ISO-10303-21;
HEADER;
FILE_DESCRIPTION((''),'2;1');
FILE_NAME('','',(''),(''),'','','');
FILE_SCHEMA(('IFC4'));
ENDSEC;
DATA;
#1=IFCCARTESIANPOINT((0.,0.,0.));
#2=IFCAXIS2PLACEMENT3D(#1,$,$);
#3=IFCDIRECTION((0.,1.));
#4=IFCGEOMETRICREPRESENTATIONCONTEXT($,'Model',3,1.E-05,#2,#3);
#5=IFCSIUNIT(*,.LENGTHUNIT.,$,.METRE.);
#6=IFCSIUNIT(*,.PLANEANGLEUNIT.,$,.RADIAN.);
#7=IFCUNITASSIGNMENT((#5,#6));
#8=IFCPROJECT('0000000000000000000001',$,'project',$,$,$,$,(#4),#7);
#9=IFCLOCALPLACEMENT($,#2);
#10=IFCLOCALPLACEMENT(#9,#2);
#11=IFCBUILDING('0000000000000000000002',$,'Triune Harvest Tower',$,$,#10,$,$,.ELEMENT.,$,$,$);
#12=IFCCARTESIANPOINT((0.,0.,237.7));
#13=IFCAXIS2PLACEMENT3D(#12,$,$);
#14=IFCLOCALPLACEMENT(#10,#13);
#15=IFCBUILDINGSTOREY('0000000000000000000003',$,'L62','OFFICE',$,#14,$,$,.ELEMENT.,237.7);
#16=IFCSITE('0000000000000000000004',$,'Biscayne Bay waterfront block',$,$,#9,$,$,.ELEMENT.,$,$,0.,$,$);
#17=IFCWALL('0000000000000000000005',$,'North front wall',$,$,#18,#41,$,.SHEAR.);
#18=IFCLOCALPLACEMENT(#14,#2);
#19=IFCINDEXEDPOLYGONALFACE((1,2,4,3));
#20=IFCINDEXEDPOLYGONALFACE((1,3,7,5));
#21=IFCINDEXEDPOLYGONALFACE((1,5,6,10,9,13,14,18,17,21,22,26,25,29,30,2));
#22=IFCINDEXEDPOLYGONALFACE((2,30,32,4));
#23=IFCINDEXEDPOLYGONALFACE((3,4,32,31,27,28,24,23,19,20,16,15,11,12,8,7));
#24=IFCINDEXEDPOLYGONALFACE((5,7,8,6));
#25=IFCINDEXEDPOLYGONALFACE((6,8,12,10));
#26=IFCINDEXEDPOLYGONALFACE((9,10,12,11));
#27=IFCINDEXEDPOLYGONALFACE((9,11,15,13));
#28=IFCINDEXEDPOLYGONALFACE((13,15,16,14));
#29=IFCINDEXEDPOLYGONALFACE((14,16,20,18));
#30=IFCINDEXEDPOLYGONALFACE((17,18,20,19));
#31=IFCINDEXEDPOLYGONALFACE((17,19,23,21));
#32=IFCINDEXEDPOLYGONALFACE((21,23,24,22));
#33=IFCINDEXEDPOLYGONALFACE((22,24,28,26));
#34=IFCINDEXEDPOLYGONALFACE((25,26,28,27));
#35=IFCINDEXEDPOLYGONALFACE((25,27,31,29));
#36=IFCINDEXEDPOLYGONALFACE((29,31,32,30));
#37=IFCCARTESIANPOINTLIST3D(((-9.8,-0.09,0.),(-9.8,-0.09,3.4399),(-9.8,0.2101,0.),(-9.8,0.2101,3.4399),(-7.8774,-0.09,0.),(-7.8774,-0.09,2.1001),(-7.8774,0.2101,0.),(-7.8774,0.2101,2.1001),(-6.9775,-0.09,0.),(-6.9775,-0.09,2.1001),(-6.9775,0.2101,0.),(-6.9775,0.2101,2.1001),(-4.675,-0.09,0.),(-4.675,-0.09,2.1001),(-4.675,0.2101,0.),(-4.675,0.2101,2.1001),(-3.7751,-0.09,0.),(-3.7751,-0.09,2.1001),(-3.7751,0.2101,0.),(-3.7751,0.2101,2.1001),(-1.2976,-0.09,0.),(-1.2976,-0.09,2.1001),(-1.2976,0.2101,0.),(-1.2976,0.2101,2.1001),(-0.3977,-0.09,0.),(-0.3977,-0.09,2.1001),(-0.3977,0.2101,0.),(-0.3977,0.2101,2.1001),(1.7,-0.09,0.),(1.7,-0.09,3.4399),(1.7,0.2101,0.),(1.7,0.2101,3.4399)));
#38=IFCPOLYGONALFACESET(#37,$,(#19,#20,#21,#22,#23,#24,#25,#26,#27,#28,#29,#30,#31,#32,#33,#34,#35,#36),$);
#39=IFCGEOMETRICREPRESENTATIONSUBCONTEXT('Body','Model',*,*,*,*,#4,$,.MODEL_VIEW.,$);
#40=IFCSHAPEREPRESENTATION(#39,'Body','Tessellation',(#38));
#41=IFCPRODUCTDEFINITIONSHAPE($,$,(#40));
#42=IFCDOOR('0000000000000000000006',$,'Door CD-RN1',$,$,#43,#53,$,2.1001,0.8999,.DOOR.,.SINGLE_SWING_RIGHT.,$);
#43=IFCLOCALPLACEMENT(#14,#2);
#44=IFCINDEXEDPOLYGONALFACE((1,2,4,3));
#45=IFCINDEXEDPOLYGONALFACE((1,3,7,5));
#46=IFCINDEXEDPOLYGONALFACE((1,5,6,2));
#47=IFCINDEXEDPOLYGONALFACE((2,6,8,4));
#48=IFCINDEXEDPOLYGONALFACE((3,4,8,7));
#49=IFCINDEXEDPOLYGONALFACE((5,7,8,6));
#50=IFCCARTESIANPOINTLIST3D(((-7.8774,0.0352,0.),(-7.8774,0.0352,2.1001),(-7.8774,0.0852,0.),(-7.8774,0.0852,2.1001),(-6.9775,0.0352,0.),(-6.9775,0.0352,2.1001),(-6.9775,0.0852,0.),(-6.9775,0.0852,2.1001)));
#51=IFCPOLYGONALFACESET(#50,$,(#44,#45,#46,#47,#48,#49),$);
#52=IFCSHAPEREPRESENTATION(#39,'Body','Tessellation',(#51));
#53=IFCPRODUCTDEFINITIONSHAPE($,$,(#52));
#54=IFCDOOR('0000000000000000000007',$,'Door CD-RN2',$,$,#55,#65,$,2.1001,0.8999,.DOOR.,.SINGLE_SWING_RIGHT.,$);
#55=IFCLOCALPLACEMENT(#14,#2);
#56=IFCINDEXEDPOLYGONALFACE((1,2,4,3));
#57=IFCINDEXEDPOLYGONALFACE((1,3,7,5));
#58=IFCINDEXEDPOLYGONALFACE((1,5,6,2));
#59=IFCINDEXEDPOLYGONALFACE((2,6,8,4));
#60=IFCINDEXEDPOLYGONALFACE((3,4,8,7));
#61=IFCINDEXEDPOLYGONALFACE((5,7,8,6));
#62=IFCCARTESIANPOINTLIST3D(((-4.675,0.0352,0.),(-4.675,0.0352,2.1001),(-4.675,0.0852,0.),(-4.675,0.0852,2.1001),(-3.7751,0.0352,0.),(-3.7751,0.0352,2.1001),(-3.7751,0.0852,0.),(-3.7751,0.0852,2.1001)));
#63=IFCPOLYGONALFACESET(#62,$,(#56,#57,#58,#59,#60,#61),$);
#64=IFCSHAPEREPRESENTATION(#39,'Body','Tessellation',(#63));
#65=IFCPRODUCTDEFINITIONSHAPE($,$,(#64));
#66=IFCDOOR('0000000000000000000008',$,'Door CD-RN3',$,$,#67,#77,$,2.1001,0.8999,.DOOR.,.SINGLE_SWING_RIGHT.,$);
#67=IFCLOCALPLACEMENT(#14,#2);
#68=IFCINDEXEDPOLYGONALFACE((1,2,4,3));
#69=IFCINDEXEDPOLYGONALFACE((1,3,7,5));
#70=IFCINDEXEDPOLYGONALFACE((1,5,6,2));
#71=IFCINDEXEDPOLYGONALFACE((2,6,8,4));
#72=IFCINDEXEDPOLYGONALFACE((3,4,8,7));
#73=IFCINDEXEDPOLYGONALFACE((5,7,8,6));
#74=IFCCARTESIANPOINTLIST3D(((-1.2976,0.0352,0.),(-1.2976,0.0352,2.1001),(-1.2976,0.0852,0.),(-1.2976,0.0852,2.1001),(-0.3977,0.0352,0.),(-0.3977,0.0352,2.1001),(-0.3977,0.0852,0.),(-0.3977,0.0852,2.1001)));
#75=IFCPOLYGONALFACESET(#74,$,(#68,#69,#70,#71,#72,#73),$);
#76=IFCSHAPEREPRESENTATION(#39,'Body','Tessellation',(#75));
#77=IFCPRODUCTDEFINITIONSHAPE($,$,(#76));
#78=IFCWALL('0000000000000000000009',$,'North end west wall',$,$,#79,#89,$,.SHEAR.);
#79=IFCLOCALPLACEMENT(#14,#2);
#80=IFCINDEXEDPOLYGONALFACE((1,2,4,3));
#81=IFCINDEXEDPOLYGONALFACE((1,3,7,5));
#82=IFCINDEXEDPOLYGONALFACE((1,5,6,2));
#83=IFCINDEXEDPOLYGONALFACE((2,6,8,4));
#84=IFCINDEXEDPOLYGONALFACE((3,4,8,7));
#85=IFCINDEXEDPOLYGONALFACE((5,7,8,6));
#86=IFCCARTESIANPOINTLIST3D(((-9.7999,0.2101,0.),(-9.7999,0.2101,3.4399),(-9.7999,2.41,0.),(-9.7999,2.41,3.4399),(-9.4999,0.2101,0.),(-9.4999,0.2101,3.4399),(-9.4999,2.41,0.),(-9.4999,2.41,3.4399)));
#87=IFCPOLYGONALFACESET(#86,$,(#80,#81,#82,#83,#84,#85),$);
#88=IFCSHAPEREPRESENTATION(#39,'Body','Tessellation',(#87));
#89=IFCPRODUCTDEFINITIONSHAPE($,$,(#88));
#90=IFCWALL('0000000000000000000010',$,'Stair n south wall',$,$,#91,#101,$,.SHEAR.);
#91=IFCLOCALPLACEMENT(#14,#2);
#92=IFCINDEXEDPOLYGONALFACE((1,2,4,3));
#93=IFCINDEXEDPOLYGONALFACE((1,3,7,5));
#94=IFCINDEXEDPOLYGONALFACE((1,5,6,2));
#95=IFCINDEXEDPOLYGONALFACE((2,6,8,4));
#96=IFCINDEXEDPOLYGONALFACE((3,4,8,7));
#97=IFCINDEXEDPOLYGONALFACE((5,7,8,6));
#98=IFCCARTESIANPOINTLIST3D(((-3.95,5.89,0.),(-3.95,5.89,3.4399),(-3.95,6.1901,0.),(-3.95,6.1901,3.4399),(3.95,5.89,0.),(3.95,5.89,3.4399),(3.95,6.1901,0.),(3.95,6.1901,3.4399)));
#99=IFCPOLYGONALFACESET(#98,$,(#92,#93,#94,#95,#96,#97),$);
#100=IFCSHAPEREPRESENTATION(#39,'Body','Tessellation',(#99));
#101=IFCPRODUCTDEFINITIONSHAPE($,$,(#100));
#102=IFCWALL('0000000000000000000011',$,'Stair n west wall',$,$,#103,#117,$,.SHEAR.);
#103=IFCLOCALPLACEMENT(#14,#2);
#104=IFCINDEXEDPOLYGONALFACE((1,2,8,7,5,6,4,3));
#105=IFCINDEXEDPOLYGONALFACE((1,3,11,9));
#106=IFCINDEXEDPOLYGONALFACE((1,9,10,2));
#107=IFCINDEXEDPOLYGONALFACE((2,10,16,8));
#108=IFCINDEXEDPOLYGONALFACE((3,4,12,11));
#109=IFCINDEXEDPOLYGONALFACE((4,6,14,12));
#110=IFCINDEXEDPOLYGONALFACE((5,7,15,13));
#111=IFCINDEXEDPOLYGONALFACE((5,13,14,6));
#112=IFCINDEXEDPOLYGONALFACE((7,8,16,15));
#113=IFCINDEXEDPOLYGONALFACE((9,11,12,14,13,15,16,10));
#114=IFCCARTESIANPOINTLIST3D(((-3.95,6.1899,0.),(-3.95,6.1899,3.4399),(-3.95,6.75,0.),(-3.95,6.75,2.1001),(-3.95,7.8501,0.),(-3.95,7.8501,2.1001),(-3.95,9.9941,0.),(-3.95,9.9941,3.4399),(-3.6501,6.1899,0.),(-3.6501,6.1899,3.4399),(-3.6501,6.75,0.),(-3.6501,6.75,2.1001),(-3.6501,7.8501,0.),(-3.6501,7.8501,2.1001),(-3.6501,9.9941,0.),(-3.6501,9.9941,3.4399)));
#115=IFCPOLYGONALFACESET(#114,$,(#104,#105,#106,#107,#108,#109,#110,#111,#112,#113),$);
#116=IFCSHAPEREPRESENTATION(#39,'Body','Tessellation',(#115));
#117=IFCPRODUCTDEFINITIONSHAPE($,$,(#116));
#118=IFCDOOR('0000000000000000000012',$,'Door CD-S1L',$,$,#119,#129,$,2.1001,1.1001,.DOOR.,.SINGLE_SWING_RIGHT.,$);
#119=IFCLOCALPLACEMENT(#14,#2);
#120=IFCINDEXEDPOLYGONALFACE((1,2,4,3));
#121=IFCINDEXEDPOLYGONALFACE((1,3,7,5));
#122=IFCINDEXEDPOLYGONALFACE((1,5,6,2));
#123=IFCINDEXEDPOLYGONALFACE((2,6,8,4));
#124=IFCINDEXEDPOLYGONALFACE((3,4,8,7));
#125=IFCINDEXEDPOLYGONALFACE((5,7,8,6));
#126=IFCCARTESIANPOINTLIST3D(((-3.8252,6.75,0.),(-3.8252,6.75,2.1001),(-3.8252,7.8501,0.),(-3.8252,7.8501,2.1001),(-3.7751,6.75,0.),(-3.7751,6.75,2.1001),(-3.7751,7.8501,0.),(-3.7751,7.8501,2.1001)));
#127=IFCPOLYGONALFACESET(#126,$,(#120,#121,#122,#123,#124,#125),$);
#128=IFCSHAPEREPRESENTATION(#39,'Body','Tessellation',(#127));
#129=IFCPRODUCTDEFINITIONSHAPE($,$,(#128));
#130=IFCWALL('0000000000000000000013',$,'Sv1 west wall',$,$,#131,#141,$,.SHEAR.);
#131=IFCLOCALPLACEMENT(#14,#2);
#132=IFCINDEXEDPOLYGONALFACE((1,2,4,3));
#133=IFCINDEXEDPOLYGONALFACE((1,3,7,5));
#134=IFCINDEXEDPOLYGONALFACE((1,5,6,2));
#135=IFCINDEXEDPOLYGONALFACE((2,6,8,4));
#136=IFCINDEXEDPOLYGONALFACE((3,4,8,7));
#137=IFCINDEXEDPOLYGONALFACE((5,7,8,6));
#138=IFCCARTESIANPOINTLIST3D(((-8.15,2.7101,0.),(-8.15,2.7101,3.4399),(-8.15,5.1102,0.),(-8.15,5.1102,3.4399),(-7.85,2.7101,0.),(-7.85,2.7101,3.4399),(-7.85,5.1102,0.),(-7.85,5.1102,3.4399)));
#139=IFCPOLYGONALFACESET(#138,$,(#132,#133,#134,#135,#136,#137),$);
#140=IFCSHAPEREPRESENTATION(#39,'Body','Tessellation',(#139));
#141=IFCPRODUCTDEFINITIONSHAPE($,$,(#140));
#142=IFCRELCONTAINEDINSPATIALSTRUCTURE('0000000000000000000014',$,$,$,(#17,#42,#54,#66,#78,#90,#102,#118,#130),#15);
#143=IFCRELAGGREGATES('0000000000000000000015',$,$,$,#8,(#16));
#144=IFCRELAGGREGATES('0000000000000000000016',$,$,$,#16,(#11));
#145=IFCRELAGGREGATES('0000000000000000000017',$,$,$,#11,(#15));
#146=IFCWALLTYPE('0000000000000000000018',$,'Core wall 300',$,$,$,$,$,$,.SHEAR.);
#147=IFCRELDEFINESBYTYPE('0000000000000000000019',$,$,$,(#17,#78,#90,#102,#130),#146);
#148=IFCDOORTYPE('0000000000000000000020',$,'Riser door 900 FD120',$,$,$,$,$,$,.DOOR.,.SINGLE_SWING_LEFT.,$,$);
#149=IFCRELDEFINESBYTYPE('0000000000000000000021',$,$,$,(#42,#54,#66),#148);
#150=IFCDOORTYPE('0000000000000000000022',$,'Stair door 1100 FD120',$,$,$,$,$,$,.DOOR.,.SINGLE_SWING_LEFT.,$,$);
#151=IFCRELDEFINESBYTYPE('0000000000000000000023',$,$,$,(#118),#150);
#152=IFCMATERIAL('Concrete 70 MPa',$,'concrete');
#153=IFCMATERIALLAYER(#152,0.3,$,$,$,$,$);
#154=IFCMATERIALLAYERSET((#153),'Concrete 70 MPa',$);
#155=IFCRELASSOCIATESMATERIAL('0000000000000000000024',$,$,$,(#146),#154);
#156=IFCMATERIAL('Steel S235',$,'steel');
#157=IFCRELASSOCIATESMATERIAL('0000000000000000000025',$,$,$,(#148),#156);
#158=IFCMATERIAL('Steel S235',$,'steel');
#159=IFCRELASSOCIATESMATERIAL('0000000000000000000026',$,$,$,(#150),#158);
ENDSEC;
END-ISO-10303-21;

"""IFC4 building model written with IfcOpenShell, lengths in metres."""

from ifc_helpers import new_model, si_unit, direction, frame, frame_2d, origin, place, context, subcontext, project, spatial, polyline, rectangle, outline, extrude, source, transform, mapped, material, layer, layer_set, type_object, element, fill, save


model = new_model("IFC4")

# Units and contexts
model_context = context("Model", 3, precision=1e-05, world=origin(), true_north=direction((0.0, 1.0)))
body_context = subcontext(model_context, "Body", "Model", "MODEL_VIEW")
ifc_project = project(units=[si_unit("LENGTHUNIT", "METRE"), si_unit("PLANEANGLEUNIT", "RADIAN")], contexts=[model_context])

# Site, building, storey
site_placement = place(None, origin())
site = spatial("IfcSite", under=ifc_project, at=site_placement, Name="Biscayne Bay waterfront block", CompositionType="ELEMENT", RefElevation=0.0)
building_placement = place(site_placement, origin())
building = spatial("IfcBuilding", under=site, at=building_placement, Name="Triune Harvest Tower", CompositionType="ELEMENT")
storey_placement = place(building_placement, frame((0.0, 0.0, 237.7)))
storey = spatial("IfcBuildingStorey", under=building, at=storey_placement, Name="L62", Description="OFFICE", CompositionType="ELEMENT", Elevation=237.7)

# Wall, openings, doors
ifc_material_1 = material(Name="Concrete 70 MPa", Category="concrete")
ifc_layer_1 = layer(ifc_material_1, 0.3)
ifc_layer_set_1 = layer_set([ifc_layer_1], Name="Concrete 70 MPa")
wall_type_1 = type_object("IfcWallType", Name="Core wall 300", PredefinedType="SHEAR", material=ifc_layer_set_1)
shared_shape_1 = source(origin(), body_context, "Body", "SweptSolid", [
    extrude(rectangle(XDim=11.5, YDim=0.3, at=frame_2d((5.75, 0.0))), origin(), (0.0, 0.0, 1.0), 3.4399),
])
wall_1_placement = place(storey_placement, frame((-9.8, 0.0601, 0.0), z_axis=(0.0, 0.0, 1.0), x_axis=(1.0, 0.0, 0.0)))
wall_1 = element("IfcWall", 1, at=wall_1_placement, inside=storey, type_object=wall_type_1, Name="North front wall", PredefinedType="SHEAR", context=body_context, shape_type="MappedRepresentation", body=[
    mapped(shared_shape_1, transform((0.0, 0.0, 0.0), scale=1.0)),
])
opening_1_placement = place(wall_1_placement, frame((1.9226, 0.0, 0.0)))
opening_1 = element("IfcOpeningElement", 2, at=opening_1_placement, cuts=wall_1, PredefinedType="OPENING", context=body_context, shape_type="SweptSolid", body=[
    extrude(rectangle(XDim=0.8999, YDim=2.1001, at=frame_2d((0.45, 1.05))), frame((0.0, 0.1602, 0.0), z_axis=(0.0, -1.0, 0.0), x_axis=(1.0, 0.0, 0.0)), (0.0, 0.0, 1.0), 0.3201),
])
opening_2_placement = place(wall_1_placement, frame((5.125, 0.0, 0.0)))
opening_2 = element("IfcOpeningElement", 3, at=opening_2_placement, cuts=wall_1, PredefinedType="OPENING", context=body_context, shape_type="SweptSolid", body=[
    extrude(rectangle(XDim=0.8999, YDim=2.1001, at=frame_2d((0.45, 1.05))), frame((0.0, 0.1602, 0.0), z_axis=(0.0, -1.0, 0.0), x_axis=(1.0, 0.0, 0.0)), (0.0, 0.0, 1.0), 0.3201),
])
opening_3_placement = place(wall_1_placement, frame((8.5024, 0.0, 0.0)))
opening_3 = element("IfcOpeningElement", 4, at=opening_3_placement, cuts=wall_1, PredefinedType="OPENING", context=body_context, shape_type="SweptSolid", body=[
    extrude(rectangle(XDim=0.8999, YDim=2.1001, at=frame_2d((0.45, 1.05))), frame((0.0, 0.1602, 0.0), z_axis=(0.0, -1.0, 0.0), x_axis=(1.0, 0.0, 0.0)), (0.0, 0.0, 1.0), 0.3201),
])
ifc_material_2 = material(Name="Steel S235", Category="steel")
door_type_1 = type_object("IfcDoorType", Name="Riser door 900 FD120", OperationType="SINGLE_SWING_LEFT", PredefinedType="DOOR", material=ifc_material_2)
door_1_placement = place(opening_1_placement, frame((0.8999, 0.0, 0.0), z_axis=(0.0, 0.0, 1.0), x_axis=(-1.0, 0.0, 0.0)))
door_1 = element("IfcDoor", 5, at=door_1_placement, inside=storey, type_object=door_type_1, Name="Door CD-RN1", OperationType="SINGLE_SWING_RIGHT", OverallHeight=2.1001, OverallWidth=0.8999, PredefinedType="DOOR", context=body_context, shape_type="SweptSolid", body=[
    extrude(rectangle(XDim=0.8999, YDim=2.1001, at=frame_2d((0.45, 1.05))), frame((0.0, 0.0249, 0.0), z_axis=(0.0, -1.0, 0.0), x_axis=(1.0, 0.0, 0.0)), (0.0, 0.0, 1.0), 0.05),
])
fill(opening_1, door_1)
door_2_placement = place(opening_2_placement, frame((0.8999, 0.0, 0.0), z_axis=(0.0, 0.0, 1.0), x_axis=(-1.0, 0.0, 0.0)))
door_2 = element("IfcDoor", 6, at=door_2_placement, inside=storey, type_object=door_type_1, Name="Door CD-RN2", OperationType="SINGLE_SWING_RIGHT", OverallHeight=2.1001, OverallWidth=0.8999, PredefinedType="DOOR", context=body_context, shape_type="SweptSolid", body=[
    extrude(rectangle(XDim=0.8999, YDim=2.1001, at=frame_2d((0.45, 1.05))), frame((0.0, 0.0249, 0.0), z_axis=(0.0, -1.0, 0.0), x_axis=(1.0, 0.0, 0.0)), (0.0, 0.0, 1.0), 0.05),
])
fill(opening_2, door_2)
door_3_placement = place(opening_3_placement, frame((0.8999, 0.0, 0.0), z_axis=(0.0, 0.0, 1.0), x_axis=(-1.0, 0.0, 0.0)))
door_3 = element("IfcDoor", 7, at=door_3_placement, inside=storey, type_object=door_type_1, Name="Door CD-RN3", OperationType="SINGLE_SWING_RIGHT", OverallHeight=2.1001, OverallWidth=0.8999, PredefinedType="DOOR", context=body_context, shape_type="SweptSolid", body=[
    extrude(rectangle(XDim=0.8999, YDim=2.1001, at=frame_2d((0.45, 1.05))), frame((0.0, 0.0249, 0.0), z_axis=(0.0, -1.0, 0.0), x_axis=(1.0, 0.0, 0.0)), (0.0, 0.0, 1.0), 0.05),
])
fill(opening_3, door_3)

# Walls
shared_shape_2 = source(origin(), body_context, "Body", "SweptSolid", [
    extrude(rectangle(XDim=2.2, YDim=0.3, at=frame_2d((1.1001, 0.0))), origin(), (0.0, 0.0, 1.0), 3.4399),
])
wall_2_placement = place(storey_placement, frame((-9.6499, 0.21, 0.0), z_axis=(0.0, 0.0, 1.0), x_axis=(0.0, 1.0, 0.0)))
element("IfcWall", 8, at=wall_2_placement, inside=storey, type_object=wall_type_1, Name="North end west wall", PredefinedType="SHEAR", context=body_context, shape_type="MappedRepresentation", body=[
    mapped(shared_shape_2, transform((0.0, 0.0, 0.0), scale=1.0)),
])
shared_shape_3 = source(origin(), body_context, "Body", "SweptSolid", [
    extrude(rectangle(XDim=7.8999, YDim=0.3, at=frame_2d((3.95, 0.0))), origin(), (0.0, 0.0, 1.0), 3.4399),
])
wall_3_placement = place(storey_placement, frame((-3.95, 6.04, 0.0), z_axis=(0.0, 0.0, 1.0), x_axis=(1.0, 0.0, 0.0)))
element("IfcWall", 9, at=wall_3_placement, inside=storey, type_object=wall_type_1, Name="Stair n south wall", PredefinedType="SHEAR", context=body_context, shape_type="MappedRepresentation", body=[
    mapped(shared_shape_3, transform((0.0, 0.0, 0.0), scale=1.0)),
])

# Wall, opening, door
shared_shape_4 = source(origin(), body_context, "Body", "SweptSolid", [
    extrude(outline(polyline([(0.0, -0.1499), (0.0, 0.1499), (3.8042, 0.1499), (3.8042, -0.1499), (0.0, -0.1499)])), origin(), (0.0, 0.0, 1.0), 3.4399),
])
wall_4_placement = place(storey_placement, frame((-3.8, 6.1899, 0.0), z_axis=(0.0, 0.0, 1.0), x_axis=(0.0, 1.0, 0.0)))
wall_4 = element("IfcWall", 10, at=wall_4_placement, inside=storey, type_object=wall_type_1, Name="Stair n west wall", PredefinedType="SHEAR", context=body_context, shape_type="MappedRepresentation", body=[
    mapped(shared_shape_4, transform((0.0, 0.0, 0.0), scale=1.0)),
])
opening_4_placement = place(wall_4_placement, frame((0.5601, 0.0, 0.0)))
opening_4 = element("IfcOpeningElement", 11, at=opening_4_placement, cuts=wall_4, PredefinedType="OPENING", context=body_context, shape_type="SweptSolid", body=[
    extrude(rectangle(XDim=1.1001, YDim=2.1001, at=frame_2d((0.55, 1.05))), frame((0.0, 0.1602, 0.0), z_axis=(0.0, -1.0, 0.0), x_axis=(1.0, 0.0, 0.0)), (0.0, 0.0, 1.0), 0.3201),
])
ifc_material_3 = material(Name="Steel S235", Category="steel")
door_type_2 = type_object("IfcDoorType", Name="Stair door 1100 FD120", OperationType="SINGLE_SWING_LEFT", PredefinedType="DOOR", material=ifc_material_3)
door_4_placement = place(opening_4_placement, frame((1.1001, 0.0, 0.0), z_axis=(0.0, 0.0, 1.0), x_axis=(-1.0, 0.0, 0.0)))
door_4 = element("IfcDoor", 12, at=door_4_placement, inside=storey, type_object=door_type_2, Name="Door CD-S1L", OperationType="SINGLE_SWING_RIGHT", OverallHeight=2.1001, OverallWidth=1.1001, PredefinedType="DOOR", context=body_context, shape_type="SweptSolid", body=[
    extrude(rectangle(XDim=1.1001, YDim=2.1001, at=frame_2d((0.55, 1.05))), frame((0.0, 0.0249, 0.0), z_axis=(0.0, -1.0, 0.0), x_axis=(1.0, 0.0, 0.0)), (0.0, 0.0, 1.0), 0.05),
])
fill(opening_4, door_4)

# Wall
shared_shape_5 = source(origin(), body_context, "Body", "SweptSolid", [
    extrude(rectangle(XDim=2.4001, YDim=0.3, at=frame_2d((1.2002, 0.0))), origin(), (0.0, 0.0, 1.0), 3.4399),
])
wall_5_placement = place(storey_placement, frame((-8.0, 2.71, 0.0), z_axis=(0.0, 0.0, 1.0), x_axis=(0.0, 1.0, 0.0)))
element("IfcWall", 13, at=wall_5_placement, inside=storey, type_object=wall_type_1, Name="Sv1 west wall", PredefinedType="SHEAR", context=body_context, shape_type="MappedRepresentation", body=[
    mapped(shared_shape_5, transform((0.0, 0.0, 0.0), scale=1.0)),
])

save(model, "model.ifc")
